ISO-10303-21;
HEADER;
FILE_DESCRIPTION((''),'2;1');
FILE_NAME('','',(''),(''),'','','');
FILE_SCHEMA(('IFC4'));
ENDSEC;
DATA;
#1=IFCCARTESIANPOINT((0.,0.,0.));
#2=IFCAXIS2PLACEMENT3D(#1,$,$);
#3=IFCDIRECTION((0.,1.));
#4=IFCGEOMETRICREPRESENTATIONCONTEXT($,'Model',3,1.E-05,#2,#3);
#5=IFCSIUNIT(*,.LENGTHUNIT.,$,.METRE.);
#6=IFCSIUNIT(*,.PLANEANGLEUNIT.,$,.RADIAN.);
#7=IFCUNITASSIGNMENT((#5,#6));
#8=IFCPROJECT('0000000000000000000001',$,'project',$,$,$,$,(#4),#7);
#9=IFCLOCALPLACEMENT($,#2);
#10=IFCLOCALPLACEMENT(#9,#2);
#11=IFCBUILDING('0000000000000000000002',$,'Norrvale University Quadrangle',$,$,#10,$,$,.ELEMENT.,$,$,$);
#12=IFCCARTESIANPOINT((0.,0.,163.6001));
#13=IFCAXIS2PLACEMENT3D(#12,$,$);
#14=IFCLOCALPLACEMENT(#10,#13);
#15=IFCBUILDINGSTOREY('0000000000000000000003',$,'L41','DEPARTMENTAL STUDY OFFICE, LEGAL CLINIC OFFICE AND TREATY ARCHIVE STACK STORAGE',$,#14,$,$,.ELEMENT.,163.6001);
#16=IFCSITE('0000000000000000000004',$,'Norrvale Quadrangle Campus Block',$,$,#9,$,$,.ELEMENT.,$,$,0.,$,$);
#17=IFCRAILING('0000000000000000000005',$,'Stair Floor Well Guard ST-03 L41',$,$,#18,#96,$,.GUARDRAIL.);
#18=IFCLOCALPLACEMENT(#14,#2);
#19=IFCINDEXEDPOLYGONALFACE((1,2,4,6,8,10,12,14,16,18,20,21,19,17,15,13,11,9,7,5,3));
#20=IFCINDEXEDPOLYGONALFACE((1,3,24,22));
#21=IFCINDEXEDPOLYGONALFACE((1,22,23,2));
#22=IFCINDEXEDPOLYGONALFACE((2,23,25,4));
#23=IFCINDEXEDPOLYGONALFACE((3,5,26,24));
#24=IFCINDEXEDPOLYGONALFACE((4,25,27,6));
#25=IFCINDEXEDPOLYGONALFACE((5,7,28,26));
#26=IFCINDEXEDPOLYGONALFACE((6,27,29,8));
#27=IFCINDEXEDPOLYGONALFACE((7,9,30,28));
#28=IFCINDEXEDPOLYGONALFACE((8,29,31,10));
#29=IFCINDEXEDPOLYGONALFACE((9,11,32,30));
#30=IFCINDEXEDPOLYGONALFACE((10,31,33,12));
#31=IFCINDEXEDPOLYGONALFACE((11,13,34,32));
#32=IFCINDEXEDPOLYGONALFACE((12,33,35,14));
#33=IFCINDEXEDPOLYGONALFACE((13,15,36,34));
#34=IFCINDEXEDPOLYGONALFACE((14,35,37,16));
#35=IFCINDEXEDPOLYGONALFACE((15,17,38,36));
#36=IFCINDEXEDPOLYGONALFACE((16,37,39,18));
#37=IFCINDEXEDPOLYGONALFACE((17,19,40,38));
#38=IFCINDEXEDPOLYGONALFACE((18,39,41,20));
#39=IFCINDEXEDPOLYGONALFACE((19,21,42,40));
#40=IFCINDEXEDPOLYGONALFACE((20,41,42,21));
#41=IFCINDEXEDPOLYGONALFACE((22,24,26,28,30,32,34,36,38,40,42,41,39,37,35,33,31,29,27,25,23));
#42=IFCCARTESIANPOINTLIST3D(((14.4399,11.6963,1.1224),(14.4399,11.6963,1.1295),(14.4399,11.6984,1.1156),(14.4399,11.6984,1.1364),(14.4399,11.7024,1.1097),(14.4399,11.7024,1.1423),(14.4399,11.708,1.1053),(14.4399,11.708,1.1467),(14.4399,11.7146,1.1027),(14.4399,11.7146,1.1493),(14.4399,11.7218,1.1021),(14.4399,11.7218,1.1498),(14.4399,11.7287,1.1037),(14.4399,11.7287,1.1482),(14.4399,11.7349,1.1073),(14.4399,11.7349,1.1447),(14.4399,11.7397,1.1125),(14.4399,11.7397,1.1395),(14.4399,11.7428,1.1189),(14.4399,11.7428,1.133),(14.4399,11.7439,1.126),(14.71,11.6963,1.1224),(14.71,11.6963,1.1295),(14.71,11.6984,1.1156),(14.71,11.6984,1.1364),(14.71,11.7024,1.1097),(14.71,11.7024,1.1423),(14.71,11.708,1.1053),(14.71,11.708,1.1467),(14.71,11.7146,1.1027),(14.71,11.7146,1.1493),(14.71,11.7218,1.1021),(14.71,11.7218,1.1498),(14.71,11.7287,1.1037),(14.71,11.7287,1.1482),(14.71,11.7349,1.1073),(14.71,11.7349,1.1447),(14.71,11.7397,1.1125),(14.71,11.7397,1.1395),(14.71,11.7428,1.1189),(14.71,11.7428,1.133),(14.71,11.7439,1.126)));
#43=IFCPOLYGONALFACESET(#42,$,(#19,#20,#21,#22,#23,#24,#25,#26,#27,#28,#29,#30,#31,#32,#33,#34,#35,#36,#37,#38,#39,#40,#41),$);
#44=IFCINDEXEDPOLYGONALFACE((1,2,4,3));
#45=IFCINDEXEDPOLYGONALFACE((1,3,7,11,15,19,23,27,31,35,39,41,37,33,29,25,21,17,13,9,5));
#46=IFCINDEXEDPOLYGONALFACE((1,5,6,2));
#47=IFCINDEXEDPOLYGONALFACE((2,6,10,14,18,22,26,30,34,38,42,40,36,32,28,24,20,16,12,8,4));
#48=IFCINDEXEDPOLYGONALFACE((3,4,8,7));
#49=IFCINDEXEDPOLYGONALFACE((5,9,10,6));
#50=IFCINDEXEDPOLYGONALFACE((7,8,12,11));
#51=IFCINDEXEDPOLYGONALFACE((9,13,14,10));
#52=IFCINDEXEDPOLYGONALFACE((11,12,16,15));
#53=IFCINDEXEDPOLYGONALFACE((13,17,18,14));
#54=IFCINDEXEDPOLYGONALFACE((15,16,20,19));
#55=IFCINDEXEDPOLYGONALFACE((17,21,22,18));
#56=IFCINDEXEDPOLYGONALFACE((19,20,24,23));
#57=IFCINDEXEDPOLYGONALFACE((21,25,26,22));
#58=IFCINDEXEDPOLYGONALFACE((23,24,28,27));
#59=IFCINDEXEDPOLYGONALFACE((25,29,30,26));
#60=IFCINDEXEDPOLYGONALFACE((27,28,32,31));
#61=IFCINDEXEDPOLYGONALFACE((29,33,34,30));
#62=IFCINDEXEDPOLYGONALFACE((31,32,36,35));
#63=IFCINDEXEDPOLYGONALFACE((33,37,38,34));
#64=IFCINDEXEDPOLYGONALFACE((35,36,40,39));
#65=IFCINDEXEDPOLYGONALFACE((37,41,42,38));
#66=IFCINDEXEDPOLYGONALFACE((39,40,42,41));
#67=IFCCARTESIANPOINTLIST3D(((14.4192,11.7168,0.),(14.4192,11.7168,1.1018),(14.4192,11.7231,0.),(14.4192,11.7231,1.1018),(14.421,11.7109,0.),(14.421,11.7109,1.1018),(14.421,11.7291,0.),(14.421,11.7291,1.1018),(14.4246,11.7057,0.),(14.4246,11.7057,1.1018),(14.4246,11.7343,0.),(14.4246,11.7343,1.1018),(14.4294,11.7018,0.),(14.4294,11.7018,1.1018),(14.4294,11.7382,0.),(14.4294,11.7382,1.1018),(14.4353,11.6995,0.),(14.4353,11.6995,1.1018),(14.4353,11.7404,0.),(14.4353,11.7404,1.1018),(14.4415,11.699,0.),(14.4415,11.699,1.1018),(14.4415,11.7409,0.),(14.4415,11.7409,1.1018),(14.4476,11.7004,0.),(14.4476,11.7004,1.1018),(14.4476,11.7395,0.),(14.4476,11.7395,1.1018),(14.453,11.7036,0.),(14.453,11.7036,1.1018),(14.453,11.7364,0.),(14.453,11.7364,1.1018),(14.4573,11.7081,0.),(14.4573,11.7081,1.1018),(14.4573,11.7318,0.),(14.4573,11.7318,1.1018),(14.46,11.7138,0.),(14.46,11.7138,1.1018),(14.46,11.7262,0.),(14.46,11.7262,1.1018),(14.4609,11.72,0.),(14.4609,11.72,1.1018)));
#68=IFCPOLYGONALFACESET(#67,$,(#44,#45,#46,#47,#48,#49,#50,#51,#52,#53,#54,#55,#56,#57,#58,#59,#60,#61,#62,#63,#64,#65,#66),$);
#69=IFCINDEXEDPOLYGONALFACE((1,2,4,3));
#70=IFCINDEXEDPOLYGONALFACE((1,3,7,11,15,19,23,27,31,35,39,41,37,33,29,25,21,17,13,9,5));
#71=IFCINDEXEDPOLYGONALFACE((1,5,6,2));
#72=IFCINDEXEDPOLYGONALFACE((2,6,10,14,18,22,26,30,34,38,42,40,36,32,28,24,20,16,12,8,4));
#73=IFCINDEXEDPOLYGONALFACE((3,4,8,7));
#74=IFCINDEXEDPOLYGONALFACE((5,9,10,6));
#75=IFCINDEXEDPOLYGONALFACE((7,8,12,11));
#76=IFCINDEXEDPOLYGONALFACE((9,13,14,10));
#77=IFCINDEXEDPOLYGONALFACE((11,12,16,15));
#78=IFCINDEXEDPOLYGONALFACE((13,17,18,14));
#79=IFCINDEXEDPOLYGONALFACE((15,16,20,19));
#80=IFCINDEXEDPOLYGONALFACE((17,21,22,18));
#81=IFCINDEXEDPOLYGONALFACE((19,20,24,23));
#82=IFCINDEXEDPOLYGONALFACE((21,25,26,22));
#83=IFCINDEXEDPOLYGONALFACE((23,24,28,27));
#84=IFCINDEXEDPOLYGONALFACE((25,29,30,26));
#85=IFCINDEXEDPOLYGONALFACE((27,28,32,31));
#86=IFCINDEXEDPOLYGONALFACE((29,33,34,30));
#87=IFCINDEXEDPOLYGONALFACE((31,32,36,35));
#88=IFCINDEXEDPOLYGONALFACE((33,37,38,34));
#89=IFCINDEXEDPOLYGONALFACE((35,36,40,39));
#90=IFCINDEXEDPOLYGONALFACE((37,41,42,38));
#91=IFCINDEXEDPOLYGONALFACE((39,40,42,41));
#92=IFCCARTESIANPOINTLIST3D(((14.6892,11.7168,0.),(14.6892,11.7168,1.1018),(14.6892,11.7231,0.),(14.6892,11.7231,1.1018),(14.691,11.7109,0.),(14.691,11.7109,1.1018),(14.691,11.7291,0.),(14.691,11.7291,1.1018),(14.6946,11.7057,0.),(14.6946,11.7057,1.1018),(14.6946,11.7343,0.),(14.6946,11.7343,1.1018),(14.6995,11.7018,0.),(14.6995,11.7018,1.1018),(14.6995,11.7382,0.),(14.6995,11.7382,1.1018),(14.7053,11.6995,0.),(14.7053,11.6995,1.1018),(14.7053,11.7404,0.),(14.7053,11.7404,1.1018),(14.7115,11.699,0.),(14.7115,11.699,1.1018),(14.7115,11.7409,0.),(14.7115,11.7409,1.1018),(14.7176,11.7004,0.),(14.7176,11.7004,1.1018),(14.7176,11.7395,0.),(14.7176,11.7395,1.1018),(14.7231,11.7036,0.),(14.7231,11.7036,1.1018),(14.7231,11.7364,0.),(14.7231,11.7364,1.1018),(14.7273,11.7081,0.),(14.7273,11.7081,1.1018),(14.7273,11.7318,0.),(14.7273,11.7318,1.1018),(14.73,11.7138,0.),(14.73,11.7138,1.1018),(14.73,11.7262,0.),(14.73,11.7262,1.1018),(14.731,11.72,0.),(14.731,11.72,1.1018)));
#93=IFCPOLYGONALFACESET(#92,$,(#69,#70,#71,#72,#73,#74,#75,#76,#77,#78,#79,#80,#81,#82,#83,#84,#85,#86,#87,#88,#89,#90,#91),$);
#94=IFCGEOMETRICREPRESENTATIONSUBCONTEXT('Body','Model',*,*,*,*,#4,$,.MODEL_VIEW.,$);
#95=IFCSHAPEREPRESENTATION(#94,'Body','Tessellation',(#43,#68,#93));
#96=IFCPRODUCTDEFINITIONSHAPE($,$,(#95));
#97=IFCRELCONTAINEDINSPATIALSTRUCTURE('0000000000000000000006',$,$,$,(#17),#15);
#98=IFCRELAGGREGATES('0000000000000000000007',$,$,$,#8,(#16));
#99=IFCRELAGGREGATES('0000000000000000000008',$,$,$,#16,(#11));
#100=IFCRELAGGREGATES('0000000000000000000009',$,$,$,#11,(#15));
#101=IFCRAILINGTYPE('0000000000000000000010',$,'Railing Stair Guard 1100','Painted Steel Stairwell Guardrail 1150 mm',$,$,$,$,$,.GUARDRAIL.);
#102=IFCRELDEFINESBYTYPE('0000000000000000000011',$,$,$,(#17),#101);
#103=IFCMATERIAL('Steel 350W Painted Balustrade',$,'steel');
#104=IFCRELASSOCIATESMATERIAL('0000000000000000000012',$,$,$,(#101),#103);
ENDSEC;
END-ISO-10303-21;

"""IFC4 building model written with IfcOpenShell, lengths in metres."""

from ifc_helpers import new_model, si_unit, direction, frame, origin, origin_2d, place, context, subcontext, project, spatial, circle, extrude, material, type_object, element, save


model = new_model("IFC4")

# Units and contexts
model_context = context("Model", 3, precision=1e-05, world=origin(), true_north=direction((0.0, 1.0)))
body_context = subcontext(model_context, "Body", "Model", "MODEL_VIEW")
ifc_project = project(units=[si_unit("LENGTHUNIT", "METRE"), si_unit("PLANEANGLEUNIT", "RADIAN")], contexts=[model_context])

# Site, building, storey
site_placement = place(None, origin())
site = spatial("IfcSite", under=ifc_project, at=site_placement, Name="Norrvale Quadrangle Campus Block", CompositionType="ELEMENT", RefElevation=0.0)
building_placement = place(site_placement, origin())
building = spatial("IfcBuilding", under=site, at=building_placement, Name="Norrvale University Quadrangle", CompositionType="ELEMENT")
storey_placement = place(building_placement, frame((0.0, 0.0, 163.6001)))
storey = spatial("IfcBuildingStorey", under=building, at=storey_placement, Name="L41", Description="DEPARTMENTAL STUDY OFFICE, LEGAL CLINIC OFFICE AND TREATY ARCHIVE STACK STORAGE", CompositionType="ELEMENT", Elevation=163.6001)

# Railing
ifc_material_1 = material(Name="Steel 350W Painted Balustrade", Category="steel")
railing_type_1 = type_object("IfcRailingType", Name="Railing Stair Guard 1100", Description="Painted Steel Stairwell Guardrail 1150 mm", PredefinedType="GUARDRAIL", material=ifc_material_1)
railing_1_placement = place(storey_placement, frame((14.4399, 11.72, 0.0)))
element("IfcRailing", 1, at=railing_1_placement, inside=storey, type_object=railing_type_1, Name="Stair Floor Well Guard ST-03 L41", PredefinedType="GUARDRAIL", context=body_context, shape_type="SweptSolid", body=[
    extrude(circle(Radius=0.0239, at=origin_2d()), frame((0.0, 0.0, 1.126), z_axis=(1.0, 0.0, 0.0), x_axis=(0.0, 1.0, 0.0)), (0.0, 0.0, 1.0), 0.27),
    extrude(circle(Radius=0.021, at=origin_2d()), origin(), (0.0, 0.0, 1.0), 1.1018),
    extrude(circle(Radius=0.021, at=origin_2d()), frame((0.27, 0.0, 0.0)), (0.0, 0.0, 1.0), 1.1018),
])

save(model, "model.ifc")
